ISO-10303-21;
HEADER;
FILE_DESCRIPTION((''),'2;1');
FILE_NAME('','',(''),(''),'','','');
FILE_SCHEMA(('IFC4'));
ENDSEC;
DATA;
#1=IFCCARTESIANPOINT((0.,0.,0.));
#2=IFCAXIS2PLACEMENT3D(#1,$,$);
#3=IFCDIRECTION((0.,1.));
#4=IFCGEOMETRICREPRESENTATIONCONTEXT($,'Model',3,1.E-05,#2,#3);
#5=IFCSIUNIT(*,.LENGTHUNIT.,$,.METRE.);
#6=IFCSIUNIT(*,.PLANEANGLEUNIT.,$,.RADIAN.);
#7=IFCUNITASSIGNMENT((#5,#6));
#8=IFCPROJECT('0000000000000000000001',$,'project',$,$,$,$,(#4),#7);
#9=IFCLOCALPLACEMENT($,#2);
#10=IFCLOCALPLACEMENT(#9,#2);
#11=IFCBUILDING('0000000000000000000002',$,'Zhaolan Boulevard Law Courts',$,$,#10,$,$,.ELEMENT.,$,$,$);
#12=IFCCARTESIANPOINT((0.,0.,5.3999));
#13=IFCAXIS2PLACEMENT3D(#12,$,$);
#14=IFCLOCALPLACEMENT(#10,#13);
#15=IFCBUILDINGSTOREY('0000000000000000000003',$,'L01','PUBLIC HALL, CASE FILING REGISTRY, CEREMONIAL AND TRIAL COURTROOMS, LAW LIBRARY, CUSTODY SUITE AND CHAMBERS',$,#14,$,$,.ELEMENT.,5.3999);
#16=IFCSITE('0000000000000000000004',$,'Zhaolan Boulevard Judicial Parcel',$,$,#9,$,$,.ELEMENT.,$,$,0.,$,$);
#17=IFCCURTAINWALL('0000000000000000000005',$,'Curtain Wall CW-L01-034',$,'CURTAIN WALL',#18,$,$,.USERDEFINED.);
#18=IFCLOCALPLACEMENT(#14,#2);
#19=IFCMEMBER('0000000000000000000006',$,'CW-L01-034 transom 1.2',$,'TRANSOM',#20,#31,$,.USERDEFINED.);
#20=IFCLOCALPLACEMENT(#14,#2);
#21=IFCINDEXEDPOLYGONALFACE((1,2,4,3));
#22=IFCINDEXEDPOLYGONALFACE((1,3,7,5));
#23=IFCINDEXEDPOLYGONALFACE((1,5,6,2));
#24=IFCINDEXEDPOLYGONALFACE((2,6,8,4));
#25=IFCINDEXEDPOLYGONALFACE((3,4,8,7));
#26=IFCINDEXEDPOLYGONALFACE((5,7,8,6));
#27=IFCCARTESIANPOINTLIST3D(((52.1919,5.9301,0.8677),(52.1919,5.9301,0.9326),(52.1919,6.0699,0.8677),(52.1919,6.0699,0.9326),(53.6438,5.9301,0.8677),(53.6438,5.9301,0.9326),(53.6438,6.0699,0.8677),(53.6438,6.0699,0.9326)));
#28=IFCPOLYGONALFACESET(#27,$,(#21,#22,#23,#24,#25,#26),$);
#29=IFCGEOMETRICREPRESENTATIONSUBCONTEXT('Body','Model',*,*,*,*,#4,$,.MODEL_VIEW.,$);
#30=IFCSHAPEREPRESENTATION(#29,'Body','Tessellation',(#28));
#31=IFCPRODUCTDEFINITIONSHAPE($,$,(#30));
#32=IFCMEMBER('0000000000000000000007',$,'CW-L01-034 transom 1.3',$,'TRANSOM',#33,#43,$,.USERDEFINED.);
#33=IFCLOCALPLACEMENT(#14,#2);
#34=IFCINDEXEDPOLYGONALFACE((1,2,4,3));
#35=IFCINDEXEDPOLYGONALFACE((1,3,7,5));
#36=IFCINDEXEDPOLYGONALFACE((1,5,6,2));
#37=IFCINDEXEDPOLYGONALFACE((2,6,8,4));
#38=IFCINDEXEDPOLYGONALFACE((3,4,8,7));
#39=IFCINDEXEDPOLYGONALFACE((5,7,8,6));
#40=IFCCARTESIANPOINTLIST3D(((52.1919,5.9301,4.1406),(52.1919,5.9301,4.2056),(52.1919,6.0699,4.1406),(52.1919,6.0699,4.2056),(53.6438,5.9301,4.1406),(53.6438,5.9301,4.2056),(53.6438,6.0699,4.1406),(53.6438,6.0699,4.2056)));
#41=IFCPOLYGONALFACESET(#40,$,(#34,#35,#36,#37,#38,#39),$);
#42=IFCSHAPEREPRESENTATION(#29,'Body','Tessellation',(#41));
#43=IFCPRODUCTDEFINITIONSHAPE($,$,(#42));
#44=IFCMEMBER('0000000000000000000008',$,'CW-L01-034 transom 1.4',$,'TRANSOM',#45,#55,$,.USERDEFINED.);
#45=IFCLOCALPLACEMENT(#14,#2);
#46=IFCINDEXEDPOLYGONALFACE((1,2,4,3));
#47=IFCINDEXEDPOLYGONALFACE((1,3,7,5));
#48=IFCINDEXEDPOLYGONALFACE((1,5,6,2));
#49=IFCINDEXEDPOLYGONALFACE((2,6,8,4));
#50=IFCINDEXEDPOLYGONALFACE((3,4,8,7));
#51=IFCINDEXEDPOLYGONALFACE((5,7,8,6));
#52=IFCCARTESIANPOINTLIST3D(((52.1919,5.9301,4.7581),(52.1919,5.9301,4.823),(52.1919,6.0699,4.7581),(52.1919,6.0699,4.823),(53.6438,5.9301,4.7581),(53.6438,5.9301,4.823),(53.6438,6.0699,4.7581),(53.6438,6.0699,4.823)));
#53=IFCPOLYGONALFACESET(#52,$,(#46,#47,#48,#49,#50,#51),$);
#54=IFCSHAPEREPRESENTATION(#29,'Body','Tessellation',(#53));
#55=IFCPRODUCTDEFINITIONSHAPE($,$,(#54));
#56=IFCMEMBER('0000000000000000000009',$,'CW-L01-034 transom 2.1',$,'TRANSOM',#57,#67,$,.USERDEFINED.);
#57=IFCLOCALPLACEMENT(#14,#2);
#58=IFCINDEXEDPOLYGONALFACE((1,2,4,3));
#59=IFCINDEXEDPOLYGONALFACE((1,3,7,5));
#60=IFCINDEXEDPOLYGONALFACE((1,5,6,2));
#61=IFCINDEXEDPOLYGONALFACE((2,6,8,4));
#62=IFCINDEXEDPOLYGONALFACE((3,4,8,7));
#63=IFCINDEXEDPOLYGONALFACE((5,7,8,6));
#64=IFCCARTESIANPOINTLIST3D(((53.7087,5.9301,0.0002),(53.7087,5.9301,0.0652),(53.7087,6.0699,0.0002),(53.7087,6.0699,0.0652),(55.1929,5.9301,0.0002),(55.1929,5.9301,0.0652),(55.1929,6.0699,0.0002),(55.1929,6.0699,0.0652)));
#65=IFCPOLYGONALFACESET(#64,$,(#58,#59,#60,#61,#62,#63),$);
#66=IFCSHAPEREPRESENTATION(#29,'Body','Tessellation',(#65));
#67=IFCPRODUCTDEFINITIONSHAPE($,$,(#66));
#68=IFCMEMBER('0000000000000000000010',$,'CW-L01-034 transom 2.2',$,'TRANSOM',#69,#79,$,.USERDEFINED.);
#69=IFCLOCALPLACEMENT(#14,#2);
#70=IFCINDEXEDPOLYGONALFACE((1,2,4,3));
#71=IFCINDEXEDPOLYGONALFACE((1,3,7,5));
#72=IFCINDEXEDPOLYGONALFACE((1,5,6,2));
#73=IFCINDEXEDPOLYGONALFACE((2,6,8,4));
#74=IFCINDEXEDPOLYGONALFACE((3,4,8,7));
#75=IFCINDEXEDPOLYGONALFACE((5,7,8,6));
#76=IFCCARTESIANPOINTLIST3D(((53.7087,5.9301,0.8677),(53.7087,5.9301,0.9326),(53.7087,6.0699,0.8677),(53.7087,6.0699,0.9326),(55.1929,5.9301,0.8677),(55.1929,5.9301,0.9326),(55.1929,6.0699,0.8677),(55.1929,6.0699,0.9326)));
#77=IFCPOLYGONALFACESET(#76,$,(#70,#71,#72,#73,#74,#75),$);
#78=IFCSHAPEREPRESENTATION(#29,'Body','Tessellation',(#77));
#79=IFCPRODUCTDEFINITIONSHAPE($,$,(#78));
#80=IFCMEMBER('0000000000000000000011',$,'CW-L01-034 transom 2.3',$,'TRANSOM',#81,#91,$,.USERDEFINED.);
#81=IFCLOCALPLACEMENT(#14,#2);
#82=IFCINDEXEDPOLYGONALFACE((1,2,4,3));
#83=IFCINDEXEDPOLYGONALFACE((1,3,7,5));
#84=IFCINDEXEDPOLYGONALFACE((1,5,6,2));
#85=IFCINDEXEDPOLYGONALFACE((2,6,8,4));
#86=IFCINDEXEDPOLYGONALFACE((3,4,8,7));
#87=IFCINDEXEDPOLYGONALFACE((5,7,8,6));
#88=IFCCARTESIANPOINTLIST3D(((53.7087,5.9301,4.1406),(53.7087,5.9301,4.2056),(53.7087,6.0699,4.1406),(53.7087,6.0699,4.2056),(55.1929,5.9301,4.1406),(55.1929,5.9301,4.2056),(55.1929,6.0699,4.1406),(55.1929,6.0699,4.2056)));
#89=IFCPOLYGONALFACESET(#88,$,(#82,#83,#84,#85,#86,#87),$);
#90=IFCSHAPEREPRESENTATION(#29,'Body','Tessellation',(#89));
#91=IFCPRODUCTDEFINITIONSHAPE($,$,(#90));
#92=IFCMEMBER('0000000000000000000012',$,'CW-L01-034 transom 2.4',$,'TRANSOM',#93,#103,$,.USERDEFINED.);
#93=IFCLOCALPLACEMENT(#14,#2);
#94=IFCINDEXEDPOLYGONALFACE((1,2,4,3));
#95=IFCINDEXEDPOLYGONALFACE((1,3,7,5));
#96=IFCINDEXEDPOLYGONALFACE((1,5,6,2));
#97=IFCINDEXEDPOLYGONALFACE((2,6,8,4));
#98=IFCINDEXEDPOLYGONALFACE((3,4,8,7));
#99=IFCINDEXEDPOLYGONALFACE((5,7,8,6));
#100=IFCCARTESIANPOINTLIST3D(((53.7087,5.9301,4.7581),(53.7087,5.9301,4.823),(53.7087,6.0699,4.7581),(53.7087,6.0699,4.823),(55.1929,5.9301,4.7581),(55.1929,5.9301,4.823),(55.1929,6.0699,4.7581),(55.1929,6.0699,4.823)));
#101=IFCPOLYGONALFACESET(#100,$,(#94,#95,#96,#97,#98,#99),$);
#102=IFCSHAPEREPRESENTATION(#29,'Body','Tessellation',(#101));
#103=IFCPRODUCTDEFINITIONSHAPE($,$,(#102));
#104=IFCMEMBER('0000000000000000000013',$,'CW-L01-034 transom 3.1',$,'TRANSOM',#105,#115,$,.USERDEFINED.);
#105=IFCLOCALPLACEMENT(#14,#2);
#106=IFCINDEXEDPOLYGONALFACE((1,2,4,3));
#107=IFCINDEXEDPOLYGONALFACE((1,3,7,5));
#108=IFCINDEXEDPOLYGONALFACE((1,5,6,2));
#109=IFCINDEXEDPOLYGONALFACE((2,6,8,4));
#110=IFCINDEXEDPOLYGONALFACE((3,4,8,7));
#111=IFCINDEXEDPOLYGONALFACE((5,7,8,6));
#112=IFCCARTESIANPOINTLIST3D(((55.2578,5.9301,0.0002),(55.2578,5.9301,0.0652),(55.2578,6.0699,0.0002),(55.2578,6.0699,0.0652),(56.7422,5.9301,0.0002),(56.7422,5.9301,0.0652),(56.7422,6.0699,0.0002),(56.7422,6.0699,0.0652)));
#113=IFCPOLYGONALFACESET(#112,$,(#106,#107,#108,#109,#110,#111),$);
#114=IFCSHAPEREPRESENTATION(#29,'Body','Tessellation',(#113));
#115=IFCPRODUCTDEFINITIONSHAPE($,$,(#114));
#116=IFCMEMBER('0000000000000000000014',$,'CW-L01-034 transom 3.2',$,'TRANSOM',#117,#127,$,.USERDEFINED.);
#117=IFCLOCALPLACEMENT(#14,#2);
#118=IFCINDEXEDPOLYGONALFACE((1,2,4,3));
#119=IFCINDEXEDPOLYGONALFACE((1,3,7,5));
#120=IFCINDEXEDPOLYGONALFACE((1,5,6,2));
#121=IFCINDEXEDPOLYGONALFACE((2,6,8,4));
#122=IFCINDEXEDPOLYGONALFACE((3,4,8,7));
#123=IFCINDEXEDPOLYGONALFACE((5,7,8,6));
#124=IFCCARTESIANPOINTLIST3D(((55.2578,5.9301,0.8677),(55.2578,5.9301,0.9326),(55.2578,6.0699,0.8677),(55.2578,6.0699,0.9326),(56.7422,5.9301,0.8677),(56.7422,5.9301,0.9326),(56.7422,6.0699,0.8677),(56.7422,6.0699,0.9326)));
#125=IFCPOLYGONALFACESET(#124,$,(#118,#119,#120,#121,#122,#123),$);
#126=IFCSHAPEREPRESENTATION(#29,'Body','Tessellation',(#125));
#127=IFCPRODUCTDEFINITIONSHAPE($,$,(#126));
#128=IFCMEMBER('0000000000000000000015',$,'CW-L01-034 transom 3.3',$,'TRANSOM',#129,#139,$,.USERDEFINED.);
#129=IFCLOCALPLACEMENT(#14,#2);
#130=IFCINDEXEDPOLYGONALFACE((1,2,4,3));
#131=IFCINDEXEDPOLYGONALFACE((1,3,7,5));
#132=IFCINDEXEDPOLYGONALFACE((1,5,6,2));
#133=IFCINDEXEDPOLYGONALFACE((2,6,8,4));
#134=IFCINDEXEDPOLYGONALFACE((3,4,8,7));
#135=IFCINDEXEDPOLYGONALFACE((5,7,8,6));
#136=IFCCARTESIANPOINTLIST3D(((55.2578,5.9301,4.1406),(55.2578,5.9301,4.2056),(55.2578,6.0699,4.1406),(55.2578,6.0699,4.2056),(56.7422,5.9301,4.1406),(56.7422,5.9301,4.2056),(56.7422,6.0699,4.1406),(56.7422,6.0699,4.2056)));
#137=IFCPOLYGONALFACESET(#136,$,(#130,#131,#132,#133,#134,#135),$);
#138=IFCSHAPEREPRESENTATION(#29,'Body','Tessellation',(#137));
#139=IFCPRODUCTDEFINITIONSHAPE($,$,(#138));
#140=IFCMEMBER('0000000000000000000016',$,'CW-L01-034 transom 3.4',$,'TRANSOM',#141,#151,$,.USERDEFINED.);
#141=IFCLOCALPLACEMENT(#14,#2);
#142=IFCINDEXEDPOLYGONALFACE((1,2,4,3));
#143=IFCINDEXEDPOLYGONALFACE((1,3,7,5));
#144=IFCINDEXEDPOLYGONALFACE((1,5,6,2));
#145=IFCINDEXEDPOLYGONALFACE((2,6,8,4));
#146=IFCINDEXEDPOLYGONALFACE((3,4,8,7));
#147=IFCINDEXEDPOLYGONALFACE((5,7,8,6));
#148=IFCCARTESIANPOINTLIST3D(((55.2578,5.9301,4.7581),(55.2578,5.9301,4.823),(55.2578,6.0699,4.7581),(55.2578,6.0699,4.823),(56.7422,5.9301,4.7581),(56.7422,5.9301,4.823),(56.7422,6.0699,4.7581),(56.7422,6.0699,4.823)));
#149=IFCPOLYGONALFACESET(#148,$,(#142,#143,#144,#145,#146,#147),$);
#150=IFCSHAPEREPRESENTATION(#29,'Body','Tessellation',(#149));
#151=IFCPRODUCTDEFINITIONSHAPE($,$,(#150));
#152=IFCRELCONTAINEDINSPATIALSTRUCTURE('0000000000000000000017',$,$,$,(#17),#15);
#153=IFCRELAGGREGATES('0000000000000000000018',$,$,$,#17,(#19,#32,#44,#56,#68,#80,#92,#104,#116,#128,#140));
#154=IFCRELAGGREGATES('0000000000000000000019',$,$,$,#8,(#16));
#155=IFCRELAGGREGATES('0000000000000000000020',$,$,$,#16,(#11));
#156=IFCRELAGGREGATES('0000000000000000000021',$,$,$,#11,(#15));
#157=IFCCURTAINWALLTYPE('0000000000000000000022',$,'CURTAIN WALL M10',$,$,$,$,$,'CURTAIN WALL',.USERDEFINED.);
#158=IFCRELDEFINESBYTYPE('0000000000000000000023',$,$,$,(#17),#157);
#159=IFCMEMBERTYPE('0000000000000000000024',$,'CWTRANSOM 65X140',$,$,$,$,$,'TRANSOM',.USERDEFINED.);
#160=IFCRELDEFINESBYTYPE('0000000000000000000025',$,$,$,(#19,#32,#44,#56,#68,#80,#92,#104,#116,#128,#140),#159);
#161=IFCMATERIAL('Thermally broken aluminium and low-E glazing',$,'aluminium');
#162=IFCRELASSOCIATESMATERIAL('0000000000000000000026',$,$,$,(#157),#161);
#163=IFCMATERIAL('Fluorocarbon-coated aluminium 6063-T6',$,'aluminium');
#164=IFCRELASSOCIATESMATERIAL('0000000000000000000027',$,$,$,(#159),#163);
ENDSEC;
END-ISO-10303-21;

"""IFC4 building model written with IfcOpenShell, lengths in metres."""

from ifc_helpers import new_model, si_unit, direction, frame, origin, origin_2d, place, context, subcontext, project, spatial, rectangle, extrude, material, material_profile, profile_set, type_object, element, aggregate, save


model = new_model("IFC4")

# Units and contexts
model_context = context("Model", 3, precision=1e-05, world=origin(), true_north=direction((0.0, 1.0)))
body_context = subcontext(model_context, "Body", "Model", "MODEL_VIEW")
ifc_project = project(units=[si_unit("LENGTHUNIT", "METRE"), si_unit("PLANEANGLEUNIT", "RADIAN")], contexts=[model_context])

# Site, building, storey
site_placement = place(None, origin())
site = spatial("IfcSite", under=ifc_project, at=site_placement, Name="Zhaolan Boulevard Judicial Parcel", CompositionType="ELEMENT", RefElevation=0.0)
building_placement = place(site_placement, origin())
building = spatial("IfcBuilding", under=site, at=building_placement, Name="Zhaolan Boulevard Law Courts", CompositionType="ELEMENT")
storey_placement = place(building_placement, frame((0.0, 0.0, 5.3999)))
storey = spatial("IfcBuildingStorey", under=building, at=storey_placement, Name="L01", Description="PUBLIC HALL, CASE FILING REGISTRY, CEREMONIAL AND TRIAL COURTROOMS, LAW LIBRARY, CUSTODY SUITE AND CHAMBERS", CompositionType="ELEMENT", Elevation=5.3999)

# Curtain wall
ifc_material_1 = material(Name="Thermally broken aluminium and low-E glazing", Category="aluminium")
curtain_wall_type_1 = type_object("IfcCurtainWallType", Name="CURTAIN WALL M10", ElementType="CURTAIN WALL", PredefinedType="USERDEFINED", material=ifc_material_1)
curtain_wall_1_placement = place(storey_placement, origin())
curtain_wall_1 = element("IfcCurtainWall", 1, at=curtain_wall_1_placement, inside=storey, type_object=curtain_wall_type_1, Name="Curtain Wall CW-L01-034", ObjectType="CURTAIN WALL", PredefinedType="USERDEFINED")

# Members
ifc_material_2 = material(Name="Fluorocarbon-coated aluminium 6063-T6", Category="aluminium")
ifc_material_profile_1 = material_profile(ifc_material_2, rectangle(XDim=0.1399, YDim=0.0649, at=origin_2d()), Name="AL65x140")
ifc_profile_set_1 = profile_set([ifc_material_profile_1], Name="Fluorocarbon-coated aluminium 6063-T6")
member_type_1 = type_object("IfcMemberType", Name="CWTRANSOM 65X140", ElementType="TRANSOM", PredefinedType="USERDEFINED", material=ifc_profile_set_1)
member_1_placement = place(storey_placement, frame((52.1919, 6.0, 0.9001), z_axis=(1.0, 0.0, 0.0), x_axis=(0.0, 1.0, 0.0)))
member_1 = element("IfcMember", 2, at=member_1_placement, type_object=member_type_1, Name="CW-L01-034 transom 1.2", ObjectType="TRANSOM", PredefinedType="USERDEFINED", context=body_context, shape_type="SweptSolid", body=[
    extrude(rectangle(XDim=0.1399, YDim=0.0649, at=origin_2d()), origin(), (0.0, 0.0, 1.0), 1.4519),
])
member_2_placement = place(storey_placement, frame((52.1919, 6.0, 4.1731), z_axis=(1.0, 0.0, 0.0), x_axis=(0.0, 1.0, 0.0)))
member_2 = element("IfcMember", 3, at=member_2_placement, type_object=member_type_1, Name="CW-L01-034 transom 1.3", ObjectType="TRANSOM", PredefinedType="USERDEFINED", context=body_context, shape_type="SweptSolid", body=[
    extrude(rectangle(XDim=0.1399, YDim=0.0649, at=origin_2d()), origin(), (0.0, 0.0, 1.0), 1.4519),
])
member_3_placement = place(storey_placement, frame((52.1919, 6.0, 4.7905), z_axis=(1.0, 0.0, 0.0), x_axis=(0.0, 1.0, 0.0)))
member_3 = element("IfcMember", 4, at=member_3_placement, type_object=member_type_1, Name="CW-L01-034 transom 1.4", ObjectType="TRANSOM", PredefinedType="USERDEFINED", context=body_context, shape_type="SweptSolid", body=[
    extrude(rectangle(XDim=0.1399, YDim=0.0649, at=origin_2d()), origin(), (0.0, 0.0, 1.0), 1.4519),
])
member_4_placement = place(storey_placement, frame((53.7087, 6.0, 0.0327), z_axis=(1.0, 0.0, 0.0), x_axis=(0.0, 1.0, 0.0)))
member_4 = element("IfcMember", 5, at=member_4_placement, type_object=member_type_1, Name="CW-L01-034 transom 2.1", ObjectType="TRANSOM", PredefinedType="USERDEFINED", context=body_context, shape_type="SweptSolid", body=[
    extrude(rectangle(XDim=0.1399, YDim=0.0649, at=origin_2d()), origin(), (0.0, 0.0, 1.0), 1.4841),
])
member_5_placement = place(storey_placement, frame((53.7087, 6.0, 0.9001), z_axis=(1.0, 0.0, 0.0), x_axis=(0.0, 1.0, 0.0)))
member_5 = element("IfcMember", 6, at=member_5_placement, type_object=member_type_1, Name="CW-L01-034 transom 2.2", ObjectType="TRANSOM", PredefinedType="USERDEFINED", context=body_context, shape_type="SweptSolid", body=[
    extrude(rectangle(XDim=0.1399, YDim=0.0649, at=origin_2d()), origin(), (0.0, 0.0, 1.0), 1.4841),
])
member_6_placement = place(storey_placement, frame((53.7087, 6.0, 4.1731), z_axis=(1.0, 0.0, 0.0), x_axis=(0.0, 1.0, 0.0)))
member_6 = element("IfcMember", 7, at=member_6_placement, type_object=member_type_1, Name="CW-L01-034 transom 2.3", ObjectType="TRANSOM", PredefinedType="USERDEFINED", context=body_context, shape_type="SweptSolid", body=[
    extrude(rectangle(XDim=0.1399, YDim=0.0649, at=origin_2d()), origin(), (0.0, 0.0, 1.0), 1.4841),
])
member_7_placement = place(storey_placement, frame((53.7087, 6.0, 4.7905), z_axis=(1.0, 0.0, 0.0), x_axis=(0.0, 1.0, 0.0)))
member_7 = element("IfcMember", 8, at=member_7_placement, type_object=member_type_1, Name="CW-L01-034 transom 2.4", ObjectType="TRANSOM", PredefinedType="USERDEFINED", context=body_context, shape_type="SweptSolid", body=[
    extrude(rectangle(XDim=0.1399, YDim=0.0649, at=origin_2d()), origin(), (0.0, 0.0, 1.0), 1.4841),
])
member_8_placement = place(storey_placement, frame((55.2578, 6.0, 0.0327), z_axis=(1.0, 0.0, 0.0), x_axis=(0.0, 1.0, 0.0)))
member_8 = element("IfcMember", 9, at=member_8_placement, type_object=member_type_1, Name="CW-L01-034 transom 3.1", ObjectType="TRANSOM", PredefinedType="USERDEFINED", context=body_context, shape_type="SweptSolid", body=[
    extrude(rectangle(XDim=0.1399, YDim=0.0649, at=origin_2d()), origin(), (0.0, 0.0, 1.0), 1.4844),
])
member_9_placement = place(storey_placement, frame((55.2578, 6.0, 0.9001), z_axis=(1.0, 0.0, 0.0), x_axis=(0.0, 1.0, 0.0)))
member_9 = element("IfcMember", 10, at=member_9_placement, type_object=member_type_1, Name="CW-L01-034 transom 3.2", ObjectType="TRANSOM", PredefinedType="USERDEFINED", context=body_context, shape_type="SweptSolid", body=[
    extrude(rectangle(XDim=0.1399, YDim=0.0649, at=origin_2d()), origin(), (0.0, 0.0, 1.0), 1.4844),
])
member_10_placement = place(storey_placement, frame((55.2578, 6.0, 4.1731), z_axis=(1.0, 0.0, 0.0), x_axis=(0.0, 1.0, 0.0)))
member_10 = element("IfcMember", 11, at=member_10_placement, type_object=member_type_1, Name="CW-L01-034 transom 3.3", ObjectType="TRANSOM", PredefinedType="USERDEFINED", context=body_context, shape_type="SweptSolid", body=[
    extrude(rectangle(XDim=0.1399, YDim=0.0649, at=origin_2d()), origin(), (0.0, 0.0, 1.0), 1.4844),
])
member_11_placement = place(storey_placement, frame((55.2578, 6.0, 4.7905), z_axis=(1.0, 0.0, 0.0), x_axis=(0.0, 1.0, 0.0)))
member_11 = element("IfcMember", 12, at=member_11_placement, type_object=member_type_1, Name="CW-L01-034 transom 3.4", ObjectType="TRANSOM", PredefinedType="USERDEFINED", context=body_context, shape_type="SweptSolid", body=[
    extrude(rectangle(XDim=0.1399, YDim=0.0649, at=origin_2d()), origin(), (0.0, 0.0, 1.0), 1.4844),
])

aggregate(curtain_wall_1, [member_1, member_2, member_3, member_4, member_5, member_6, member_7, member_8, member_9, member_10, member_11])

save(model, "model.ifc")
